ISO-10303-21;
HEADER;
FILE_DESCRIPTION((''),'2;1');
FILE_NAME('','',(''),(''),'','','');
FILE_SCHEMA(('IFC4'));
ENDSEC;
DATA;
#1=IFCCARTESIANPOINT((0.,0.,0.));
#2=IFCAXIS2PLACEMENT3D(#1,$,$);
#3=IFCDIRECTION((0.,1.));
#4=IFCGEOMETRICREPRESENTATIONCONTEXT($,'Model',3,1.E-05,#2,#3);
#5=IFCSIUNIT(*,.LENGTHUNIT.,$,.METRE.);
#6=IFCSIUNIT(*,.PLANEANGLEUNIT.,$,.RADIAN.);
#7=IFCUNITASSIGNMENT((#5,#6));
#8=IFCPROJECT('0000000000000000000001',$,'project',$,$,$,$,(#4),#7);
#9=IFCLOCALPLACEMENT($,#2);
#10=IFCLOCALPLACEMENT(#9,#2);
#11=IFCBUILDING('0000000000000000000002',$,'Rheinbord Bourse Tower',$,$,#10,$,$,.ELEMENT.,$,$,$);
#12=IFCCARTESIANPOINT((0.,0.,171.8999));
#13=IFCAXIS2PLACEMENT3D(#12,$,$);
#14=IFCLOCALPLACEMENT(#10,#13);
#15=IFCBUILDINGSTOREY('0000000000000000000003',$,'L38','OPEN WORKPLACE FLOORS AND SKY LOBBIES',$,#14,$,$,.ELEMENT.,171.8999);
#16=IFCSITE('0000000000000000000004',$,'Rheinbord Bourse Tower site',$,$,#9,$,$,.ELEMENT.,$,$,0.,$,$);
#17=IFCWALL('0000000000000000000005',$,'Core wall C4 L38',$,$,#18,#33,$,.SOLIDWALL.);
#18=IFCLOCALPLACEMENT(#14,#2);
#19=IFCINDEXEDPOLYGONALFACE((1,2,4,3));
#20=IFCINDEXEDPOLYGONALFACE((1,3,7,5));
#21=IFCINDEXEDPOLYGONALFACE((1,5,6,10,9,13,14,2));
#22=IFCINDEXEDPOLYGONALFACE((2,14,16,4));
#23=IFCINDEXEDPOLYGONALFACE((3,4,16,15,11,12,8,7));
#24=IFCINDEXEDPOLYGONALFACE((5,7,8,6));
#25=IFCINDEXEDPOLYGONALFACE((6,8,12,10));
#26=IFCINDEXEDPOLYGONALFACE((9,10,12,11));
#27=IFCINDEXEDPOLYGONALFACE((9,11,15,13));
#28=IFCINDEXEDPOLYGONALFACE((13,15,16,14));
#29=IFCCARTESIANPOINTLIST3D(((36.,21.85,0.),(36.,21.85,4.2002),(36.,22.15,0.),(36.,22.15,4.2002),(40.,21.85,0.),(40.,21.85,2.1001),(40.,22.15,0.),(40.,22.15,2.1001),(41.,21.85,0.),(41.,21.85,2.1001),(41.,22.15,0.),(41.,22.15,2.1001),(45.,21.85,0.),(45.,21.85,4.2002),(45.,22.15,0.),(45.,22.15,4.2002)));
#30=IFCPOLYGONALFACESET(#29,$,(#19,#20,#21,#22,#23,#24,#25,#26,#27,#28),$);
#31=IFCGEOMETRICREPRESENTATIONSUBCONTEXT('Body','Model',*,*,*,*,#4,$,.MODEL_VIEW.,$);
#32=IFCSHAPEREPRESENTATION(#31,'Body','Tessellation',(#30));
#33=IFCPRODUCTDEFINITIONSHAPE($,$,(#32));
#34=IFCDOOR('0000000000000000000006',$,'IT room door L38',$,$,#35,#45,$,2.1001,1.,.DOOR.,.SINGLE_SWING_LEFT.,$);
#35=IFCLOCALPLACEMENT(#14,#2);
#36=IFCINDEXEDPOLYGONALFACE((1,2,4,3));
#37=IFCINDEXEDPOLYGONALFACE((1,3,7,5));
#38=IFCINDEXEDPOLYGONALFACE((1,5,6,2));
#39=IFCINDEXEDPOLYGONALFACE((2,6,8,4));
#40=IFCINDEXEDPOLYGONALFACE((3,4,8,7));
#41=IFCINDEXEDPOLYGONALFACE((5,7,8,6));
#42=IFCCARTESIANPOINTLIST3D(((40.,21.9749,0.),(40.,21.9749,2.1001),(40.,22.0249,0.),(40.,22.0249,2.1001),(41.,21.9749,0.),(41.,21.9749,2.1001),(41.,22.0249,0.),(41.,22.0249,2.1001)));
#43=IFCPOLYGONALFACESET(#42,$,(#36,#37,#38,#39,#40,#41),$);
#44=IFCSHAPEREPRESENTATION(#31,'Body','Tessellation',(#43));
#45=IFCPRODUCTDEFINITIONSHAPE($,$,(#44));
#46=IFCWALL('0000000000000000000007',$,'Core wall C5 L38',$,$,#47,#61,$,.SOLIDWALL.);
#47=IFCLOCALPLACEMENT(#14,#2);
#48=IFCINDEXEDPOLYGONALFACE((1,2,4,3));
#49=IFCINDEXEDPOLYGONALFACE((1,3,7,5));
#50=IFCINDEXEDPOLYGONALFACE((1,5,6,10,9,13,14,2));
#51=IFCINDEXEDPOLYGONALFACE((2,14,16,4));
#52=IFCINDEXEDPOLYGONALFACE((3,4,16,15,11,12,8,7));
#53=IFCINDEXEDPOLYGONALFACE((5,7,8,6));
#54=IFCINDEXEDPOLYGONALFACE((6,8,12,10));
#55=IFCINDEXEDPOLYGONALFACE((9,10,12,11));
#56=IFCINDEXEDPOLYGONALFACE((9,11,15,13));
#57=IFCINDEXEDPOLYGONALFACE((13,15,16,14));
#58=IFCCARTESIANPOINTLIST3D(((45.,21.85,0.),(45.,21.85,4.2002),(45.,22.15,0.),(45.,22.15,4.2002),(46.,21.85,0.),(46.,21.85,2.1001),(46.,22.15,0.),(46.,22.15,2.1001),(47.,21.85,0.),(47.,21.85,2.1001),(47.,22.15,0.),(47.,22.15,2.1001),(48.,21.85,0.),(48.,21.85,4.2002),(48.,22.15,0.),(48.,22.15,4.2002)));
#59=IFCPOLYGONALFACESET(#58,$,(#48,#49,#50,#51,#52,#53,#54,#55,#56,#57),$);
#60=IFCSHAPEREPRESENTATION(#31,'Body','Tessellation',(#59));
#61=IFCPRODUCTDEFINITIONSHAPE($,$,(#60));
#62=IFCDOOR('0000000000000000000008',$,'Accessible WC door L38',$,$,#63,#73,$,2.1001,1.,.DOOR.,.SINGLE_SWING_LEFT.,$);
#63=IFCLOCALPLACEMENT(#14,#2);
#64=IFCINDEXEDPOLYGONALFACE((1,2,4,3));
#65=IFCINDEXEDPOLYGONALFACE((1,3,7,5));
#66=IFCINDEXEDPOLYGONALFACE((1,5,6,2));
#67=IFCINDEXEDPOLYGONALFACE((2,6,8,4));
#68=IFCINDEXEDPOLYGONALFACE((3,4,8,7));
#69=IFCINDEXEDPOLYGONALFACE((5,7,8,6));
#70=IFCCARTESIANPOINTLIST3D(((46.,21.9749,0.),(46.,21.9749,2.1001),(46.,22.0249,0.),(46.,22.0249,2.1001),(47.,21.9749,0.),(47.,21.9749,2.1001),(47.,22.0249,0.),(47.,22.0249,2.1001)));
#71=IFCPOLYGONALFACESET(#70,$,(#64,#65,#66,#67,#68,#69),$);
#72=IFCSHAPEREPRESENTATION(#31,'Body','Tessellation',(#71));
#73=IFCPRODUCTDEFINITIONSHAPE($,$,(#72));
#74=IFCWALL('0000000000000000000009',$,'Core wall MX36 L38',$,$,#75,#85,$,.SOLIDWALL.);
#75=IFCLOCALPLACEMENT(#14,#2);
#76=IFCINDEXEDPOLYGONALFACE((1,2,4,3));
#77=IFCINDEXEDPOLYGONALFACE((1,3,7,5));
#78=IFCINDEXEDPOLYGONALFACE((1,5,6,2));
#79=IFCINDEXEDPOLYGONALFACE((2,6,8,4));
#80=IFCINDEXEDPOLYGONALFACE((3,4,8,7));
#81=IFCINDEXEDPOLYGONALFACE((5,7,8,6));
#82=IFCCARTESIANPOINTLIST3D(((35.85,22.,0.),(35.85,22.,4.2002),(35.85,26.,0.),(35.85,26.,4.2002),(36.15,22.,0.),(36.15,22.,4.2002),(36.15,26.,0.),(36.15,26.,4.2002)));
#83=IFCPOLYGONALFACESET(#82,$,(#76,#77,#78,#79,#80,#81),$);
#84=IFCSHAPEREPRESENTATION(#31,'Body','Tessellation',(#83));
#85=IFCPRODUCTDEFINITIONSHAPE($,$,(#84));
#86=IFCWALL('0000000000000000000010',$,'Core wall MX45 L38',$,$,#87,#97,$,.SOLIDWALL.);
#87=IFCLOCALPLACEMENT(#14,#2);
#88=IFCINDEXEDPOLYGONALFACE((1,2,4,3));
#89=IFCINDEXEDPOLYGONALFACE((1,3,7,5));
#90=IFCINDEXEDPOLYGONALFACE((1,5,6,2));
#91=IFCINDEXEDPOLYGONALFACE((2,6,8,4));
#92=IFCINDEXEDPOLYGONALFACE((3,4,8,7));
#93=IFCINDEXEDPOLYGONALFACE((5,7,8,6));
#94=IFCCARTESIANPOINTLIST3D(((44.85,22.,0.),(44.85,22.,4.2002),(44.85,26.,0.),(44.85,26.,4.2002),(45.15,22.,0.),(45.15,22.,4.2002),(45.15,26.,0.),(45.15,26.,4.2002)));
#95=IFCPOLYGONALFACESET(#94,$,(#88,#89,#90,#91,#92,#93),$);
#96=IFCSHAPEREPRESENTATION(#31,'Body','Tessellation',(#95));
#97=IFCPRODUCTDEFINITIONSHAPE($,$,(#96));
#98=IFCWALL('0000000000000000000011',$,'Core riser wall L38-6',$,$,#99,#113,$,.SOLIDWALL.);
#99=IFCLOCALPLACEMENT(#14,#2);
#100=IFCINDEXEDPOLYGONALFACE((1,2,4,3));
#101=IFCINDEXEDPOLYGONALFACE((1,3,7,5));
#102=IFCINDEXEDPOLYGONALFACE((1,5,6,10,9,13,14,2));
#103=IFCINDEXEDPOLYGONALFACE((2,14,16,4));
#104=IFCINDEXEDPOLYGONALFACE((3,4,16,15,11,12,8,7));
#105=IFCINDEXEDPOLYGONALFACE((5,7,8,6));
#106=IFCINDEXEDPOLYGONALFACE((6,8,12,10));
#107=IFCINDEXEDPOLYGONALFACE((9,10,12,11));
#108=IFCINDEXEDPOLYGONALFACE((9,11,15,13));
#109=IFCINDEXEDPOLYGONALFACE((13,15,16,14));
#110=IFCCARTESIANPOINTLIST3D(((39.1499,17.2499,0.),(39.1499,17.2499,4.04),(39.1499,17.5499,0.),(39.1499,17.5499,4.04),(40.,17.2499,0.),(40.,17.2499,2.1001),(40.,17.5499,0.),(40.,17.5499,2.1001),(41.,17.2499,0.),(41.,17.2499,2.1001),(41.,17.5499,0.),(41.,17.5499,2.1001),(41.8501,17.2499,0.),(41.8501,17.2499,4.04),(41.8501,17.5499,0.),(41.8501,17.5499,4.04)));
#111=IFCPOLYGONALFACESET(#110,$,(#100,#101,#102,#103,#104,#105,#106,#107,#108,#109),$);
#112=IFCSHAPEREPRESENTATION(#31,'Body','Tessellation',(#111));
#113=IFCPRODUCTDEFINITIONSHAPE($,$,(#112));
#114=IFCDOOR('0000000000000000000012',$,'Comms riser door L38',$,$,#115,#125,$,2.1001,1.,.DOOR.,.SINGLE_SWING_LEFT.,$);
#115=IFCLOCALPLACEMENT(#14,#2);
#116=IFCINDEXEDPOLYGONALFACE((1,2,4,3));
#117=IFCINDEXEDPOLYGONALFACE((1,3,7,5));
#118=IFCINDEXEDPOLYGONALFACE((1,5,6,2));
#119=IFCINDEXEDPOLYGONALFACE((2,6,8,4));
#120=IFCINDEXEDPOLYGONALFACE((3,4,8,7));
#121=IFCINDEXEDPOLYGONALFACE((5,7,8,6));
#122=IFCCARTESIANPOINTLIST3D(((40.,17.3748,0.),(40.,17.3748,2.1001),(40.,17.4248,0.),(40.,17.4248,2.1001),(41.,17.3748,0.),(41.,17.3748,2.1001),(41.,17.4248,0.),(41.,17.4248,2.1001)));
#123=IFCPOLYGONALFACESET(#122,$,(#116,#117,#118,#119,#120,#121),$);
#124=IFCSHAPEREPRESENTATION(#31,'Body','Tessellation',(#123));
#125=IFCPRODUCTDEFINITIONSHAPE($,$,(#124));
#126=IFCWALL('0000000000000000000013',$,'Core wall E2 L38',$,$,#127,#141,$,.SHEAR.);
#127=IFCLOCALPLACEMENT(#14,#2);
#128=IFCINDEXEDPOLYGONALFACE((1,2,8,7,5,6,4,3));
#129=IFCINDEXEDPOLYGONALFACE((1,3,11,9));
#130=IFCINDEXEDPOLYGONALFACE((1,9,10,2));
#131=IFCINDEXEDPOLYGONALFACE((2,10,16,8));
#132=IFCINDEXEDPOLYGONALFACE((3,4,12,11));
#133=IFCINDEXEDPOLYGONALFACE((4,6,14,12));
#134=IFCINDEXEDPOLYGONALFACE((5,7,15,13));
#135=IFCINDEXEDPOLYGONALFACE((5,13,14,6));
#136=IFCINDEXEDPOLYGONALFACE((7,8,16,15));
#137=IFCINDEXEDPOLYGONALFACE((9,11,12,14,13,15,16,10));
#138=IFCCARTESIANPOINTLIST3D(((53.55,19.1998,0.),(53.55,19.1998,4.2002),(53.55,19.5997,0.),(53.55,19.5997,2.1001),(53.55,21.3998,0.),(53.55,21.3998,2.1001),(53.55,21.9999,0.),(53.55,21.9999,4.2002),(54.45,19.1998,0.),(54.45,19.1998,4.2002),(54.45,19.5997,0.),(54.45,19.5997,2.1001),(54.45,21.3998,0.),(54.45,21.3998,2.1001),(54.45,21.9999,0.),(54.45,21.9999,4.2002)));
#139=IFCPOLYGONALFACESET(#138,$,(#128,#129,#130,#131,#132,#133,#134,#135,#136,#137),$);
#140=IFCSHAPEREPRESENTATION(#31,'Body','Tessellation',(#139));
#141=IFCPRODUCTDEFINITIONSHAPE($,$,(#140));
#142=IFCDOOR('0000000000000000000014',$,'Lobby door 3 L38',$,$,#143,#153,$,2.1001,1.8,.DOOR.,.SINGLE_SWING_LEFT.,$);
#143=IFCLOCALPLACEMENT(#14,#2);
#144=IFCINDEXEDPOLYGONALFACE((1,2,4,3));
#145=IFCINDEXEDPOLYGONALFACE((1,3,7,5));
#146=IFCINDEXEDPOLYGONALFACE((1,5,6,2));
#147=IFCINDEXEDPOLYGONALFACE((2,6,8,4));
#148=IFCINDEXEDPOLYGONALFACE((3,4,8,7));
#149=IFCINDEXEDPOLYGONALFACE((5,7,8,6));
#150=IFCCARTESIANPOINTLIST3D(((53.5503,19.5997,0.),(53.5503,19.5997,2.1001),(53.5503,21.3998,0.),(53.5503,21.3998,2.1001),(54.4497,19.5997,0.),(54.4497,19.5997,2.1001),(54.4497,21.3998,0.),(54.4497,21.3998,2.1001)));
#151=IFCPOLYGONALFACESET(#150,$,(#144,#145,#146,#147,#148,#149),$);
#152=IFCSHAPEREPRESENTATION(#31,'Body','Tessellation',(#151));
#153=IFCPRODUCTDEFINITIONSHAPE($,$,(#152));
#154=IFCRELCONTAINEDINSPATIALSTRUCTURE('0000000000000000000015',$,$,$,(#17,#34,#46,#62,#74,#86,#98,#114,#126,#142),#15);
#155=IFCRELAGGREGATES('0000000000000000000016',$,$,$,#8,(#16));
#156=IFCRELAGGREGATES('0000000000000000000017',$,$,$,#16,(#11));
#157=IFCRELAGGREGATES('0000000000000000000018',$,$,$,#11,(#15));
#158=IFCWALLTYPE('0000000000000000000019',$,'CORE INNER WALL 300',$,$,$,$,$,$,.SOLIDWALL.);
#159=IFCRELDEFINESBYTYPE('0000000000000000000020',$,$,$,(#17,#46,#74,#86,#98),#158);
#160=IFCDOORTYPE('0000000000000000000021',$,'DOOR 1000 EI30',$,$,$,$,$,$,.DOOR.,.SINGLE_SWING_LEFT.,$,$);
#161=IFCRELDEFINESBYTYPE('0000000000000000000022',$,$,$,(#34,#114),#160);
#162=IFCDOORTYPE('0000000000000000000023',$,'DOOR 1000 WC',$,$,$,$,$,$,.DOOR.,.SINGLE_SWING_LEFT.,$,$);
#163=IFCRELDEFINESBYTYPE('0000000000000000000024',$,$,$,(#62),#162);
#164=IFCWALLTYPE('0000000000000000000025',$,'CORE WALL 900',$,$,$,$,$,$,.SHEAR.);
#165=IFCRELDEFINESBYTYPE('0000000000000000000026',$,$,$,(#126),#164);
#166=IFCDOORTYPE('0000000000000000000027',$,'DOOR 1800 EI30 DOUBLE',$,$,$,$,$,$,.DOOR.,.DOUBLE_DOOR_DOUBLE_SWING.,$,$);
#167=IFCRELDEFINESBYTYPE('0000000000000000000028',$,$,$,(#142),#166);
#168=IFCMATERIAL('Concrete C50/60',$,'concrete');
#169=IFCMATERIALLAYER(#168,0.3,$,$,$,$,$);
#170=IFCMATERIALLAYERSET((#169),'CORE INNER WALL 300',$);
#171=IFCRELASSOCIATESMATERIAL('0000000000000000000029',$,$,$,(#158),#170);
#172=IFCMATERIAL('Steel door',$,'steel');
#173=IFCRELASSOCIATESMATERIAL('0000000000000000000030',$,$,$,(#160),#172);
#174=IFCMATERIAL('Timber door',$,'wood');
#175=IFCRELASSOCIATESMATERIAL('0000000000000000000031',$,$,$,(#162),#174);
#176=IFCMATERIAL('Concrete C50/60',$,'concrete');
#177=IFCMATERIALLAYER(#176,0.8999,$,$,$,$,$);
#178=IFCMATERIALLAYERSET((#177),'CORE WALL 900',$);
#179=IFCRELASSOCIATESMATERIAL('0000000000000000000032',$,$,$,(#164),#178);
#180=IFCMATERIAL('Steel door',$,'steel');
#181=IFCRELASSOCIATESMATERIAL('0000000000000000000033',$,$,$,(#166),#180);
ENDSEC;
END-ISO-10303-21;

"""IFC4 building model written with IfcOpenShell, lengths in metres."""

from ifc_helpers import new_model, si_unit, direction, frame, frame_2d, origin, place, context, subcontext, project, spatial, rectangle, extrude, material, layer, layer_set, type_object, element, fill, save


model = new_model("IFC4")

# Units and contexts
model_context = context("Model", 3, precision=1e-05, world=origin(), true_north=direction((0.0, 1.0)))
body_context = subcontext(model_context, "Body", "Model", "MODEL_VIEW")
ifc_project = project(units=[si_unit("LENGTHUNIT", "METRE"), si_unit("PLANEANGLEUNIT", "RADIAN")], contexts=[model_context])

# Site, building, storey
site_placement = place(None, origin())
site = spatial("IfcSite", under=ifc_project, at=site_placement, Name="Rheinbord Bourse Tower site", CompositionType="ELEMENT", RefElevation=0.0)
building_placement = place(site_placement, origin())
building = spatial("IfcBuilding", under=site, at=building_placement, Name="Rheinbord Bourse Tower", CompositionType="ELEMENT")
storey_placement = place(building_placement, frame((0.0, 0.0, 171.8999)))
storey = spatial("IfcBuildingStorey", under=building, at=storey_placement, Name="L38", Description="OPEN WORKPLACE FLOORS AND SKY LOBBIES", CompositionType="ELEMENT", Elevation=171.8999)

# Shared definitions
ifc_material_1 = material(Name="Concrete C50/60", Category="concrete")
ifc_layer_1 = layer(ifc_material_1, 0.3)
ifc_layer_set_1 = layer_set([ifc_layer_1], Name="CORE INNER WALL 300")
wall_type_1 = type_object("IfcWallType", Name="CORE INNER WALL 300", PredefinedType="SOLIDWALL", material=ifc_layer_set_1)
ifc_material_2 = material(Name="Steel door", Category="steel")
door_type_1 = type_object("IfcDoorType", Name="DOOR 1000 EI30", OperationType="SINGLE_SWING_LEFT", PredefinedType="DOOR", material=ifc_material_2)

# Walls, openings, doors
wall_1_placement = place(storey_placement, frame((36.0, 22.0, 0.0), z_axis=(0.0, 0.0, 1.0), x_axis=(1.0, 0.0, 0.0)))
wall_1 = element("IfcWall", 1, at=wall_1_placement, inside=storey, type_object=wall_type_1, Name="Core wall C4 L38", PredefinedType="SOLIDWALL", context=body_context, shape_type="SweptSolid", body=[
    extrude(rectangle(XDim=9.0, YDim=0.3, at=frame_2d((4.5, 0.0))), origin(), (0.0, 0.0, 1.0), 4.2002),
])
opening_1_placement = place(wall_1_placement, frame((4.0, 0.0, 0.0)))
opening_1 = element("IfcOpeningElement", 2, at=opening_1_placement, cuts=wall_1, PredefinedType="OPENING", context=body_context, shape_type="SweptSolid", body=[
    extrude(rectangle(XDim=1.0, YDim=2.1001, at=frame_2d((0.5, 1.05))), frame((0.0, 0.1599, 0.0), z_axis=(0.0, -1.0, 0.0), x_axis=(1.0, 0.0, 0.0)), (0.0, 0.0, 1.0), 0.3201),
])
door_1_placement = place(opening_1_placement, origin())
door_1 = element("IfcDoor", 3, at=door_1_placement, inside=storey, type_object=door_type_1, Name="IT room door L38", OperationType="SINGLE_SWING_LEFT", OverallHeight=2.1001, OverallWidth=1.0, PredefinedType="DOOR", context=body_context, shape_type="SweptSolid", body=[
    extrude(rectangle(XDim=1.0, YDim=2.1001, at=frame_2d((0.5, 1.05))), frame((0.0, 0.0249, 0.0), z_axis=(0.0, -1.0, 0.0), x_axis=(1.0, 0.0, 0.0)), (0.0, 0.0, 1.0), 0.05),
])
fill(opening_1, door_1)
wall_2_placement = place(storey_placement, frame((45.0, 22.0, 0.0), z_axis=(0.0, 0.0, 1.0), x_axis=(1.0, 0.0, 0.0)))
wall_2 = element("IfcWall", 4, at=wall_2_placement, inside=storey, type_object=wall_type_1, Name="Core wall C5 L38", PredefinedType="SOLIDWALL", context=body_context, shape_type="SweptSolid", body=[
    extrude(rectangle(XDim=3.0, YDim=0.3, at=frame_2d((1.5, 0.0))), origin(), (0.0, 0.0, 1.0), 4.2002),
])
opening_2_placement = place(wall_2_placement, frame((1.0, 0.0, 0.0)))
opening_2 = element("IfcOpeningElement", 5, at=opening_2_placement, cuts=wall_2, PredefinedType="OPENING", context=body_context, shape_type="SweptSolid", body=[
    extrude(rectangle(XDim=1.0, YDim=2.1001, at=frame_2d((0.5, 1.05))), frame((0.0, 0.1599, 0.0), z_axis=(0.0, -1.0, 0.0), x_axis=(1.0, 0.0, 0.0)), (0.0, 0.0, 1.0), 0.3201),
])
ifc_material_3 = material(Name="Timber door", Category="wood")
door_type_2 = type_object("IfcDoorType", Name="DOOR 1000 WC", OperationType="SINGLE_SWING_LEFT", PredefinedType="DOOR", material=ifc_material_3)
door_2_placement = place(opening_2_placement, origin())
door_2 = element("IfcDoor", 6, at=door_2_placement, inside=storey, type_object=door_type_2, Name="Accessible WC door L38", OperationType="SINGLE_SWING_LEFT", OverallHeight=2.1001, OverallWidth=1.0, PredefinedType="DOOR", context=body_context, shape_type="SweptSolid", body=[
    extrude(rectangle(XDim=1.0, YDim=2.1001, at=frame_2d((0.5, 1.05))), frame((0.0, 0.0249, 0.0), z_axis=(0.0, -1.0, 0.0), x_axis=(1.0, 0.0, 0.0)), (0.0, 0.0, 1.0), 0.05),
])
fill(opening_2, door_2)

# Walls
for number, where, z_axis, x_axis, name in (
    (7, (36.0, 22.0, 0.0), (0.0, 0.0, 1.0), (0.0, 1.0, 0.0), "Core wall MX36 L38"),
    (8, (45.0, 22.0, 0.0), (0.0, 0.0, 1.0), (0.0, 1.0, 0.0), "Core wall MX45 L38"),
):
    element("IfcWall", number, at=place(storey_placement, frame(where, z_axis=z_axis, x_axis=x_axis)), inside=storey, type_object=wall_type_1, Name=name, PredefinedType="SOLIDWALL", context=body_context, shape_type="SweptSolid", body=[
        extrude(rectangle(XDim=4.0, YDim=0.3, at=frame_2d((2.0, 0.0))), origin(), (0.0, 0.0, 1.0), 4.2002),
    ])

# Walls, openings, doors
wall_3_placement = place(storey_placement, frame((39.1499, 17.3999, 0.0), z_axis=(0.0, 0.0, 1.0), x_axis=(1.0, 0.0, 0.0)))
wall_3 = element("IfcWall", 9, at=wall_3_placement, inside=storey, type_object=wall_type_1, Name="Core riser wall L38-6", PredefinedType="SOLIDWALL", context=body_context, shape_type="SweptSolid", body=[
    extrude(rectangle(XDim=2.7002, YDim=0.3, at=frame_2d((1.3501, 0.0))), origin(), (0.0, 0.0, 1.0), 4.04),
])
opening_3_placement = place(wall_3_placement, frame((0.8501, 0.0, 0.0)))
opening_3 = element("IfcOpeningElement", 10, at=opening_3_placement, cuts=wall_3, PredefinedType="OPENING", context=body_context, shape_type="SweptSolid", body=[
    extrude(rectangle(XDim=1.0, YDim=2.1001, at=frame_2d((0.5, 1.05))), frame((0.0, 0.1599, 0.0), z_axis=(0.0, -1.0, 0.0), x_axis=(1.0, 0.0, 0.0)), (0.0, 0.0, 1.0), 0.3201),
])
door_3_placement = place(opening_3_placement, origin())
door_3 = element("IfcDoor", 11, at=door_3_placement, inside=storey, type_object=door_type_1, Name="Comms riser door L38", OperationType="SINGLE_SWING_LEFT", OverallHeight=2.1001, OverallWidth=1.0, PredefinedType="DOOR", context=body_context, shape_type="SweptSolid", body=[
    extrude(rectangle(XDim=1.0, YDim=2.1001, at=frame_2d((0.5, 1.05))), frame((0.0, 0.0249, 0.0), z_axis=(0.0, -1.0, 0.0), x_axis=(1.0, 0.0, 0.0)), (0.0, 0.0, 1.0), 0.05),
])
fill(opening_3, door_3)
ifc_material_4 = material(Name="Concrete C50/60", Category="concrete")
ifc_layer_2 = layer(ifc_material_4, 0.8999)
ifc_layer_set_2 = layer_set([ifc_layer_2], Name="CORE WALL 900")
wall_type_2 = type_object("IfcWallType", Name="CORE WALL 900", PredefinedType="SHEAR", material=ifc_layer_set_2)
wall_4_placement = place(storey_placement, frame((54.0, 19.2, 0.0), z_axis=(0.0, 0.0, 1.0), x_axis=(0.0, 1.0, 0.0)))
wall_4 = element("IfcWall", 12, at=wall_4_placement, inside=storey, type_object=wall_type_2, Name="Core wall E2 L38", PredefinedType="SHEAR", context=body_context, shape_type="SweptSolid", body=[
    extrude(rectangle(XDim=2.8, YDim=0.8999, at=frame_2d((1.3999, 0.0))), origin(), (0.0, 0.0, 1.0), 4.2002),
])
opening_4_placement = place(wall_4_placement, frame((0.3999, 0.0, 0.0)))
opening_4 = element("IfcOpeningElement", 13, at=opening_4_placement, cuts=wall_4, PredefinedType="OPENING", context=body_context, shape_type="SweptSolid", body=[
    extrude(rectangle(XDim=1.8, YDim=2.1001, at=frame_2d((0.8999, 1.05))), frame((0.0, 0.46, 0.0), z_axis=(0.0, -1.0, 0.0), x_axis=(1.0, 0.0, 0.0)), (0.0, 0.0, 1.0), 0.9199),
])
ifc_material_5 = material(Name="Steel door", Category="steel")
door_type_3 = type_object("IfcDoorType", Name="DOOR 1800 EI30 DOUBLE", OperationType="DOUBLE_DOOR_DOUBLE_SWING", PredefinedType="DOOR", material=ifc_material_5)
door_4_placement = place(opening_4_placement, origin())
door_4 = element("IfcDoor", 14, at=door_4_placement, inside=storey, type_object=door_type_3, Name="Lobby door 3 L38", OperationType="SINGLE_SWING_LEFT", OverallHeight=2.1001, OverallWidth=1.8, PredefinedType="DOOR", context=body_context, shape_type="SweptSolid", body=[
    extrude(rectangle(XDim=1.8, YDim=2.1001, at=frame_2d((0.8999, 1.05))), frame((0.0, 0.4497, 0.0), z_axis=(0.0, -1.0, 0.0), x_axis=(1.0, 0.0, 0.0)), (0.0, 0.0, 1.0), 0.8994),
])
fill(opening_4, door_4)

save(model, "model.ifc")
